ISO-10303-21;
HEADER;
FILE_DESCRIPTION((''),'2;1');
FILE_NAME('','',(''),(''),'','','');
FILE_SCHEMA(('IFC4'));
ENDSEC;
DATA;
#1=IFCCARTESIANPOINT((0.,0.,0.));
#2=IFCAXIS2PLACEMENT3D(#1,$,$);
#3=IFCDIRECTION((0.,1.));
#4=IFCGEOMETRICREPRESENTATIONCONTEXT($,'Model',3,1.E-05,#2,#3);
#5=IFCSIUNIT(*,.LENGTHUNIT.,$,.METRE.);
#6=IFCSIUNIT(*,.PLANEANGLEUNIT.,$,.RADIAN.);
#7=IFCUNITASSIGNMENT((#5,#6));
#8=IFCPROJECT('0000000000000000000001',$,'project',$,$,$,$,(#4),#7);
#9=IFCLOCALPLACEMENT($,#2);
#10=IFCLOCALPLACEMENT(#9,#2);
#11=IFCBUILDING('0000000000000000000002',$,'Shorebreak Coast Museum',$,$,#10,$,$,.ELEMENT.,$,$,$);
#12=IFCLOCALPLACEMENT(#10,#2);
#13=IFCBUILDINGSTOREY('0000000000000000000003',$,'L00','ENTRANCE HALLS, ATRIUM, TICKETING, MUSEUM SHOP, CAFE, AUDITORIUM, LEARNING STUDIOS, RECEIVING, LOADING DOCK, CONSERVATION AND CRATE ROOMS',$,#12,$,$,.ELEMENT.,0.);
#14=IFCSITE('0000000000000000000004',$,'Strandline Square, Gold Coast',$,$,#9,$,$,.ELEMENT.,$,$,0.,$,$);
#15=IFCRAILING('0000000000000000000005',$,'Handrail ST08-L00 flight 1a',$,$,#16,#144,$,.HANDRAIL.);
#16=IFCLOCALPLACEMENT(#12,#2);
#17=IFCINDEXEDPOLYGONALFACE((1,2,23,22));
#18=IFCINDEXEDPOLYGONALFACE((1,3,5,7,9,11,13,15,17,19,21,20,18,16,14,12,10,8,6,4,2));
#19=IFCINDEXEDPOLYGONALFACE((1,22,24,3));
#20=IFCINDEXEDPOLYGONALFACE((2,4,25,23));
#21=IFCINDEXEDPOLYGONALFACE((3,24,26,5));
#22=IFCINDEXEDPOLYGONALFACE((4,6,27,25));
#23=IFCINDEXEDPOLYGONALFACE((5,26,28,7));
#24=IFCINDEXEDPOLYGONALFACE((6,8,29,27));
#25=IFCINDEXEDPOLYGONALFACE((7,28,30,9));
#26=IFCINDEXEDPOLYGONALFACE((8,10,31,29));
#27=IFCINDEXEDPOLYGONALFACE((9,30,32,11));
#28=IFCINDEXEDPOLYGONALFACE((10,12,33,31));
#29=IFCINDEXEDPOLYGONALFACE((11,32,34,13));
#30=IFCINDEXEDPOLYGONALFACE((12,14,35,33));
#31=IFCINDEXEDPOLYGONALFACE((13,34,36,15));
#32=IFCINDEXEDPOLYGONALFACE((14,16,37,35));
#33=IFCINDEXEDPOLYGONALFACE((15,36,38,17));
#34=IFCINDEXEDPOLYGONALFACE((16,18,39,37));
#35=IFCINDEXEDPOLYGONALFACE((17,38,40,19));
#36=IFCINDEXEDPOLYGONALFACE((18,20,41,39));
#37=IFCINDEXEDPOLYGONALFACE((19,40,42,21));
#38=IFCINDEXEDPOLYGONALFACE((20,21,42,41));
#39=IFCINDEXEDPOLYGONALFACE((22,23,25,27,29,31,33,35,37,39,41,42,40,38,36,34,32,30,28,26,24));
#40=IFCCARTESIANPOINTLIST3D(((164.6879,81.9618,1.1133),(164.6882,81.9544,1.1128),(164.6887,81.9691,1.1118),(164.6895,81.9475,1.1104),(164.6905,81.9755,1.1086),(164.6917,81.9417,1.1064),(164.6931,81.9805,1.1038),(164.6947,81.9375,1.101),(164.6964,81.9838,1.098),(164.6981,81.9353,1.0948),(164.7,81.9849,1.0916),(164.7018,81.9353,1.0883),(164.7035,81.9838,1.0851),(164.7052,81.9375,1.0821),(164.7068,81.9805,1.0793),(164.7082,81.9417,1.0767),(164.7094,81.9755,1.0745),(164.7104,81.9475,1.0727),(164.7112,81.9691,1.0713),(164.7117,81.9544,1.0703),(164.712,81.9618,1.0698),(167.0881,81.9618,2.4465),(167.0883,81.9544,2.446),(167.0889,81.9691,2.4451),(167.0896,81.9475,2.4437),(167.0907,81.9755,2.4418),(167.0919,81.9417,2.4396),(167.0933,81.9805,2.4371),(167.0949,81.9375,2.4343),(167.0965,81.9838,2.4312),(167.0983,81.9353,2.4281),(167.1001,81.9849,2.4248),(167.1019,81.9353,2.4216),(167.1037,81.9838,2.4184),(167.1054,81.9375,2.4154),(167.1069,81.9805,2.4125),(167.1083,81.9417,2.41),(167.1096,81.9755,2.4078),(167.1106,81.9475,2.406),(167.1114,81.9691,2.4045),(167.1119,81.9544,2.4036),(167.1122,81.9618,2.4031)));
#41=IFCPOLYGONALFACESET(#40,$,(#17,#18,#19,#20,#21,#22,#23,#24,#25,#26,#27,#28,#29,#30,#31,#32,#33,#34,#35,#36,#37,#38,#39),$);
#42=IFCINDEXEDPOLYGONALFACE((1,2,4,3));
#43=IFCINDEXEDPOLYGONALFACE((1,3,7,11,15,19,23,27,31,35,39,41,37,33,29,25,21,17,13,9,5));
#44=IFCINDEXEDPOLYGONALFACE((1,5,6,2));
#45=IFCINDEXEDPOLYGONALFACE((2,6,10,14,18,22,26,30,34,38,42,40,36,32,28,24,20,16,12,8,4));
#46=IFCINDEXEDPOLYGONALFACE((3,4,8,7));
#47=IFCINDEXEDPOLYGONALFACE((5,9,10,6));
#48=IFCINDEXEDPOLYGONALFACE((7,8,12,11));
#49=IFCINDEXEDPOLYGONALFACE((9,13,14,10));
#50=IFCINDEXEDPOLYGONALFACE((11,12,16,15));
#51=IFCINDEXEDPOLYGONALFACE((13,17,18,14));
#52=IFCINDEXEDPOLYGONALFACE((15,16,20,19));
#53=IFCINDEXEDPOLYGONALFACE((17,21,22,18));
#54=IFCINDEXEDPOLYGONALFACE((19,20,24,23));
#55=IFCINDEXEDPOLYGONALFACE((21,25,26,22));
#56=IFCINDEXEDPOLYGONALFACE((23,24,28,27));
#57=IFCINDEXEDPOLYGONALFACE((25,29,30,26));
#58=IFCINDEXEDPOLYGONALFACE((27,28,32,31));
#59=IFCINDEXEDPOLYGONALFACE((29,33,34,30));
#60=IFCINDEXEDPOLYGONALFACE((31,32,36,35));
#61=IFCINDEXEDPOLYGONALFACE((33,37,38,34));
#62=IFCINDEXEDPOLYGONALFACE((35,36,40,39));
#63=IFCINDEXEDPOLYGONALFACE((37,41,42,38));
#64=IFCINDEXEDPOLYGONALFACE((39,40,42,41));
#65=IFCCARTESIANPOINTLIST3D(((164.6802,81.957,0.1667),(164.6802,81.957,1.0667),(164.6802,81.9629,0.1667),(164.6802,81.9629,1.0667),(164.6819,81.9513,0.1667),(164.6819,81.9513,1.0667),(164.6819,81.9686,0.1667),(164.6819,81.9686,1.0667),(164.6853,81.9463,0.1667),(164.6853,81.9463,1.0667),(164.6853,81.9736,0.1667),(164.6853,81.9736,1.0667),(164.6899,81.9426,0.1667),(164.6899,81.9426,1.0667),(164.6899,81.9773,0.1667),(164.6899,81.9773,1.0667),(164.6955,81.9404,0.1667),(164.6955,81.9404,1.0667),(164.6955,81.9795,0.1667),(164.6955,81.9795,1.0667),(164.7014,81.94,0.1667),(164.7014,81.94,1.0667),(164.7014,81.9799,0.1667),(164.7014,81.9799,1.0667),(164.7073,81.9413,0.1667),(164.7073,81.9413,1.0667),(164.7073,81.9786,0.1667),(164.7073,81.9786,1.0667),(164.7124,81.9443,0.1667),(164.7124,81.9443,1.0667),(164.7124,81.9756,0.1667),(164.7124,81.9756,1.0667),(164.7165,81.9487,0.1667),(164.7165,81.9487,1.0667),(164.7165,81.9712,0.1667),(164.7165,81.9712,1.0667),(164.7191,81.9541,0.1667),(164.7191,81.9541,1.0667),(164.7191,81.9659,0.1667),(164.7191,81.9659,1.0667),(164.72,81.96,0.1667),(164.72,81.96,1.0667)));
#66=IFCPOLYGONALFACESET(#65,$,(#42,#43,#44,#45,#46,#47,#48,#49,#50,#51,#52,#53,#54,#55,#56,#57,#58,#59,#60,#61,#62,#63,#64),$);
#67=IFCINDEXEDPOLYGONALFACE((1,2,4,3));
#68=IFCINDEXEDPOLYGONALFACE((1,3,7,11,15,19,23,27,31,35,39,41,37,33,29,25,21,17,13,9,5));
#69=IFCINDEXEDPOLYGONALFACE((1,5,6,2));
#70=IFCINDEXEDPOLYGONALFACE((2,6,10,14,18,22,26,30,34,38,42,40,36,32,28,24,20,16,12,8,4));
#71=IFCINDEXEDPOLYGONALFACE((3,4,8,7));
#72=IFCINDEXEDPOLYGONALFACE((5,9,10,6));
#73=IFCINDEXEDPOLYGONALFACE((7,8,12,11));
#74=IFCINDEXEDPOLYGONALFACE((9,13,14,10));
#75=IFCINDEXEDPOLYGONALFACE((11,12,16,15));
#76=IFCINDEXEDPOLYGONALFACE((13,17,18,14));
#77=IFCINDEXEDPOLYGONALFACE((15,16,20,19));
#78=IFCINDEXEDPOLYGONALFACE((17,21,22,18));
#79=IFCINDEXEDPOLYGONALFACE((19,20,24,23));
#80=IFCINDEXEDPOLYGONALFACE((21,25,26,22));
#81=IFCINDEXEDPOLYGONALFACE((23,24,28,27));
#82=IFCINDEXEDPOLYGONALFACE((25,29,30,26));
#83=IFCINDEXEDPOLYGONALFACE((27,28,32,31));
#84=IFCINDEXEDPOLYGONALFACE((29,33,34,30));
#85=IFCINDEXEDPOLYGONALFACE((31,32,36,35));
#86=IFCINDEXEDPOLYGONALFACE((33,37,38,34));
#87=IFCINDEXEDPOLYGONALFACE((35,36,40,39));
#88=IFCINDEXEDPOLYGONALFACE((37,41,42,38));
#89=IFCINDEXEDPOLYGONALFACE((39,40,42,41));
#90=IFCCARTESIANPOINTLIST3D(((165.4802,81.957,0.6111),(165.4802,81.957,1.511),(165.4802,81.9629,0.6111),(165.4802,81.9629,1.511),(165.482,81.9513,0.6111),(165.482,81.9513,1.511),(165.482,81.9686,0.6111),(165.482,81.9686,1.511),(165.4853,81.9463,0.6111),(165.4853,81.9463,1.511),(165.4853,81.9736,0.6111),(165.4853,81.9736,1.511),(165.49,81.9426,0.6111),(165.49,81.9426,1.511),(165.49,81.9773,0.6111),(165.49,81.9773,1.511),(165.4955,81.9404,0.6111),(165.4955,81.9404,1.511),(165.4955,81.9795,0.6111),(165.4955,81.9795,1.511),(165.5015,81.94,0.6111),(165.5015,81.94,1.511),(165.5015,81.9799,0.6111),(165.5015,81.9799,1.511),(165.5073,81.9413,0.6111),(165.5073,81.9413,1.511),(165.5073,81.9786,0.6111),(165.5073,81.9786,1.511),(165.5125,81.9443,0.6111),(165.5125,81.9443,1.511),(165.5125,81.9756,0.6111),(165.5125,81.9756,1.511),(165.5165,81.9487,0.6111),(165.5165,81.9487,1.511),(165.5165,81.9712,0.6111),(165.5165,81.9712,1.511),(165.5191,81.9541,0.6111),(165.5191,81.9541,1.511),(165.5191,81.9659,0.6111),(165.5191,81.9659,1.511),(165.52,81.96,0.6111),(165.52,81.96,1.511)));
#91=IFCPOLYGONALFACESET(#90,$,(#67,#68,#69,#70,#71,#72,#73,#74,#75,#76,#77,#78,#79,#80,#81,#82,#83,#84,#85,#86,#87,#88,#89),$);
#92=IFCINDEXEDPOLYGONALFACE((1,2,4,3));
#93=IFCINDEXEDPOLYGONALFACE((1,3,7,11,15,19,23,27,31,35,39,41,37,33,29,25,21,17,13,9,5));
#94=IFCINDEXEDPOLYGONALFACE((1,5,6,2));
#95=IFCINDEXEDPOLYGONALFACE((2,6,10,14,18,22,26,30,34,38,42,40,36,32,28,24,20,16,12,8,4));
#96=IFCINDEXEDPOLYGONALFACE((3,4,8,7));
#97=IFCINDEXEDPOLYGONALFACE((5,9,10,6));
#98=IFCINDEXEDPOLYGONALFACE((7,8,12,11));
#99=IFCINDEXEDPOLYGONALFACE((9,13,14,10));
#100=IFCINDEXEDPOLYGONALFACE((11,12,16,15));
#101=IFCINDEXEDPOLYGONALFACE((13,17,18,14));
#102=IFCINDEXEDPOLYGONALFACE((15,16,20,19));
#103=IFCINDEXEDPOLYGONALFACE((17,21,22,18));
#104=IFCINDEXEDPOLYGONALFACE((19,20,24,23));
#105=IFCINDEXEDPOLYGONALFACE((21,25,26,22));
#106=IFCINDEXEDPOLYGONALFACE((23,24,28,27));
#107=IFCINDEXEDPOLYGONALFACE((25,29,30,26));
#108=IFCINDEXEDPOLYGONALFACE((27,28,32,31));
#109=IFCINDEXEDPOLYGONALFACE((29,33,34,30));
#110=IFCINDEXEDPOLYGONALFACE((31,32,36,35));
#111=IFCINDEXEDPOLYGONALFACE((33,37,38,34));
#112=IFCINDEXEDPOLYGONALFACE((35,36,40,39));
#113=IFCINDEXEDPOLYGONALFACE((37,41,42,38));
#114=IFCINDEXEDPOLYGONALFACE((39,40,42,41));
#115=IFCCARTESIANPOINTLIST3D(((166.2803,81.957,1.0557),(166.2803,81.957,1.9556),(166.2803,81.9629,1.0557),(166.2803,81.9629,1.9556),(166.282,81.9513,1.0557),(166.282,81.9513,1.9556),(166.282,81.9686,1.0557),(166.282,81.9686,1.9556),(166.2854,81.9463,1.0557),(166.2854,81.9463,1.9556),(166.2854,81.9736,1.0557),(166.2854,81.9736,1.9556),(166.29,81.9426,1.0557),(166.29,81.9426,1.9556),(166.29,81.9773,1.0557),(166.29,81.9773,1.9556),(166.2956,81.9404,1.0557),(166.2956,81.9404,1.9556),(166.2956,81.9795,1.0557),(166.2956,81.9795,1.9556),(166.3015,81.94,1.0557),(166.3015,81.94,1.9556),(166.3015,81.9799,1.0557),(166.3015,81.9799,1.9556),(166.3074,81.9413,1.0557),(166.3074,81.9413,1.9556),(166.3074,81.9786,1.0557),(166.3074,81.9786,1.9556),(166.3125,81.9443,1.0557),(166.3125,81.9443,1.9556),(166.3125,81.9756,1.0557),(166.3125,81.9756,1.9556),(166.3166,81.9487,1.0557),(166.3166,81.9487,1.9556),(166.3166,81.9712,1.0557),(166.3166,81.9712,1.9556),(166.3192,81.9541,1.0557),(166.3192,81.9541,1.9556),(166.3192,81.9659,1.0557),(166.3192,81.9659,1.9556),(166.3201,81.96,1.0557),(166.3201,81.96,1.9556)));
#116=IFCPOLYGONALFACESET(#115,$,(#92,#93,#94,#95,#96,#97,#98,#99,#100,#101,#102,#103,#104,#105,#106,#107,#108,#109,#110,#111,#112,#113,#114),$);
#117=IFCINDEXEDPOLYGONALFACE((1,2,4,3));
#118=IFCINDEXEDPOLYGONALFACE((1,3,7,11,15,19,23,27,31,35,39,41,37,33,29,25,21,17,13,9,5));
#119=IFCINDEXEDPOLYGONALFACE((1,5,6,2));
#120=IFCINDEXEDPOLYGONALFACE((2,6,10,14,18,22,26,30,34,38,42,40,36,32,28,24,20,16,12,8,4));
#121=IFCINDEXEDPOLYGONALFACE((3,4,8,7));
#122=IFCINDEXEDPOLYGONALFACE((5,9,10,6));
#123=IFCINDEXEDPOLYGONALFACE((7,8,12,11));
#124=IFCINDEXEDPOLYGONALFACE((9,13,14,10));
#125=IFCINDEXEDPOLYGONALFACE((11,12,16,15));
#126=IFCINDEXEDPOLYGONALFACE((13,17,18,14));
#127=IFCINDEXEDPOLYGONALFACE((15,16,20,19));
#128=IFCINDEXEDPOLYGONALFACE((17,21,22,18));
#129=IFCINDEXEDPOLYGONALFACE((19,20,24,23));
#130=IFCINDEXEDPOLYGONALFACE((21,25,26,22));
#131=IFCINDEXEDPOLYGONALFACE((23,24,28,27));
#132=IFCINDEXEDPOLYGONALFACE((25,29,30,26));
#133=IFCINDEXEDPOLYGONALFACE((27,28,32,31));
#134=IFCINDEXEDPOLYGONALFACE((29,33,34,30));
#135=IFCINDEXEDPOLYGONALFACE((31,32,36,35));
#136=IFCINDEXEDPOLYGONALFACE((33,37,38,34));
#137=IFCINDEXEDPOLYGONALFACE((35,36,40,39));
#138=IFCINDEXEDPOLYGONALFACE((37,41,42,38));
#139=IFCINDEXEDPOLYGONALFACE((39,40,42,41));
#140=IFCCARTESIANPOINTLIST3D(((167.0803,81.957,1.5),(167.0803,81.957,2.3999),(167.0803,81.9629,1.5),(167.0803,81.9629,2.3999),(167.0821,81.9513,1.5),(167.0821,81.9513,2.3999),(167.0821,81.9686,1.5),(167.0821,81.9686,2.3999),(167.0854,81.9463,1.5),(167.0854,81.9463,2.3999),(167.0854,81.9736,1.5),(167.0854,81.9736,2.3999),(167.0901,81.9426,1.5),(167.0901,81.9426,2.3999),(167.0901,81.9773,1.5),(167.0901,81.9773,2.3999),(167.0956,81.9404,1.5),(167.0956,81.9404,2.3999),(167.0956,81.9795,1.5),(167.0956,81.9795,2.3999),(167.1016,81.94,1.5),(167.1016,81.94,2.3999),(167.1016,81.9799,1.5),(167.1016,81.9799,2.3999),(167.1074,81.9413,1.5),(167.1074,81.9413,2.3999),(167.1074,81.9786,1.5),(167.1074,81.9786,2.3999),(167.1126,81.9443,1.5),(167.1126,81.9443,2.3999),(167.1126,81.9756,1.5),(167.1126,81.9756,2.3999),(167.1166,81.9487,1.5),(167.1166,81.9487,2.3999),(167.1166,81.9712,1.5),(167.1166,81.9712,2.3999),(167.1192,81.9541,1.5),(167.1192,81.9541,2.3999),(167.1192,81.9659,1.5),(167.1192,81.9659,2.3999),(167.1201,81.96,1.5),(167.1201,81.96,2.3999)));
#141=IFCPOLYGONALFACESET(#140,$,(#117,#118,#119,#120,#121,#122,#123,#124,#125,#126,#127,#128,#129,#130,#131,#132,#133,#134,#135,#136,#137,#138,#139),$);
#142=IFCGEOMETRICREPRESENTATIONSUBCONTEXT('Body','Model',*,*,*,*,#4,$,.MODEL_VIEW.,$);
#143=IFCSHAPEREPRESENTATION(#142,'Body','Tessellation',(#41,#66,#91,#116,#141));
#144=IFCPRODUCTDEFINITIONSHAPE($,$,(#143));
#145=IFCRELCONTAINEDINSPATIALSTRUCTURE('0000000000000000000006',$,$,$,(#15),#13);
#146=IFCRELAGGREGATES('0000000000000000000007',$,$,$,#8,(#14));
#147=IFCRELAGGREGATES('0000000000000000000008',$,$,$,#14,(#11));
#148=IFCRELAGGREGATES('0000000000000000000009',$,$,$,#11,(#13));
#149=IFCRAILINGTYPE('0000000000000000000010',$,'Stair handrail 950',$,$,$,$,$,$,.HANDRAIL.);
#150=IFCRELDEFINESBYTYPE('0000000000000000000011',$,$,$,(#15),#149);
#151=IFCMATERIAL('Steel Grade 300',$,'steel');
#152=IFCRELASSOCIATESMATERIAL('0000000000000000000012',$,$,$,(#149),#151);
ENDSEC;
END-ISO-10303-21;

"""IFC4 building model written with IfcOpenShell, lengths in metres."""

from ifc_helpers import new_model, si_unit, direction, frame, origin, origin_2d, place, context, subcontext, project, spatial, circle, extrude, material, type_object, element, save


model = new_model("IFC4")

# Units and contexts
model_context = context("Model", 3, precision=1e-05, world=origin(), true_north=direction((0.0, 1.0)))
body_context = subcontext(model_context, "Body", "Model", "MODEL_VIEW")
ifc_project = project(units=[si_unit("LENGTHUNIT", "METRE"), si_unit("PLANEANGLEUNIT", "RADIAN")], contexts=[model_context])

# Site, building, storey
site_placement = place(None, origin())
site = spatial("IfcSite", under=ifc_project, at=site_placement, Name="Strandline Square, Gold Coast", CompositionType="ELEMENT", RefElevation=0.0)
building_placement = place(site_placement, origin())
building = spatial("IfcBuilding", under=site, at=building_placement, Name="Shorebreak Coast Museum", CompositionType="ELEMENT")
storey_placement = place(building_placement, origin())
storey = spatial("IfcBuildingStorey", under=building, at=storey_placement, Name="L00", Description="ENTRANCE HALLS, ATRIUM, TICKETING, MUSEUM SHOP, CAFE, AUDITORIUM, LEARNING STUDIOS, RECEIVING, LOADING DOCK, CONSERVATION AND CRATE ROOMS", CompositionType="ELEMENT", Elevation=0.0)

# Railing
ifc_material_1 = material(Name="Steel Grade 300", Category="steel")
railing_type_1 = type_object("IfcRailingType", Name="Stair handrail 950", PredefinedType="HANDRAIL", material=ifc_material_1)
for number, where, name in (
    (1, (164.7, 81.96, 0.1667), "Handrail ST08-L00 flight 1a"),
):
    element("IfcRailing", number, at=place(storey_placement, frame(where)), inside=storey, type_object=railing_type_1, Name=name, PredefinedType="HANDRAIL", context=body_context, shape_type="SweptSolid", body=[
        extrude(circle(Radius=0.0249, at=origin_2d()), frame((0.0, 0.0, 0.9248), z_axis=(0.874182, 0.0, 0.485598), x_axis=(0.0, 1.0, 0.0)), (0.0, 0.0, 1.0), 2.7456),
        extrude(circle(Radius=0.02, at=origin_2d()), origin(), (0.0, 0.0, 1.0), 0.8999),
        extrude(circle(Radius=0.02, at=origin_2d()), frame((0.8, 0.0, 0.4443)), (0.0, 0.0, 1.0), 0.8999),
        extrude(circle(Radius=0.02, at=origin_2d()), frame((1.6001, 0.0, 0.8889)), (0.0, 0.0, 1.0), 0.8999),
        extrude(circle(Radius=0.02, at=origin_2d()), frame((2.4001, 0.0, 1.3333)), (0.0, 0.0, 1.0), 0.8999),
    ])

save(model, "model.ifc")
